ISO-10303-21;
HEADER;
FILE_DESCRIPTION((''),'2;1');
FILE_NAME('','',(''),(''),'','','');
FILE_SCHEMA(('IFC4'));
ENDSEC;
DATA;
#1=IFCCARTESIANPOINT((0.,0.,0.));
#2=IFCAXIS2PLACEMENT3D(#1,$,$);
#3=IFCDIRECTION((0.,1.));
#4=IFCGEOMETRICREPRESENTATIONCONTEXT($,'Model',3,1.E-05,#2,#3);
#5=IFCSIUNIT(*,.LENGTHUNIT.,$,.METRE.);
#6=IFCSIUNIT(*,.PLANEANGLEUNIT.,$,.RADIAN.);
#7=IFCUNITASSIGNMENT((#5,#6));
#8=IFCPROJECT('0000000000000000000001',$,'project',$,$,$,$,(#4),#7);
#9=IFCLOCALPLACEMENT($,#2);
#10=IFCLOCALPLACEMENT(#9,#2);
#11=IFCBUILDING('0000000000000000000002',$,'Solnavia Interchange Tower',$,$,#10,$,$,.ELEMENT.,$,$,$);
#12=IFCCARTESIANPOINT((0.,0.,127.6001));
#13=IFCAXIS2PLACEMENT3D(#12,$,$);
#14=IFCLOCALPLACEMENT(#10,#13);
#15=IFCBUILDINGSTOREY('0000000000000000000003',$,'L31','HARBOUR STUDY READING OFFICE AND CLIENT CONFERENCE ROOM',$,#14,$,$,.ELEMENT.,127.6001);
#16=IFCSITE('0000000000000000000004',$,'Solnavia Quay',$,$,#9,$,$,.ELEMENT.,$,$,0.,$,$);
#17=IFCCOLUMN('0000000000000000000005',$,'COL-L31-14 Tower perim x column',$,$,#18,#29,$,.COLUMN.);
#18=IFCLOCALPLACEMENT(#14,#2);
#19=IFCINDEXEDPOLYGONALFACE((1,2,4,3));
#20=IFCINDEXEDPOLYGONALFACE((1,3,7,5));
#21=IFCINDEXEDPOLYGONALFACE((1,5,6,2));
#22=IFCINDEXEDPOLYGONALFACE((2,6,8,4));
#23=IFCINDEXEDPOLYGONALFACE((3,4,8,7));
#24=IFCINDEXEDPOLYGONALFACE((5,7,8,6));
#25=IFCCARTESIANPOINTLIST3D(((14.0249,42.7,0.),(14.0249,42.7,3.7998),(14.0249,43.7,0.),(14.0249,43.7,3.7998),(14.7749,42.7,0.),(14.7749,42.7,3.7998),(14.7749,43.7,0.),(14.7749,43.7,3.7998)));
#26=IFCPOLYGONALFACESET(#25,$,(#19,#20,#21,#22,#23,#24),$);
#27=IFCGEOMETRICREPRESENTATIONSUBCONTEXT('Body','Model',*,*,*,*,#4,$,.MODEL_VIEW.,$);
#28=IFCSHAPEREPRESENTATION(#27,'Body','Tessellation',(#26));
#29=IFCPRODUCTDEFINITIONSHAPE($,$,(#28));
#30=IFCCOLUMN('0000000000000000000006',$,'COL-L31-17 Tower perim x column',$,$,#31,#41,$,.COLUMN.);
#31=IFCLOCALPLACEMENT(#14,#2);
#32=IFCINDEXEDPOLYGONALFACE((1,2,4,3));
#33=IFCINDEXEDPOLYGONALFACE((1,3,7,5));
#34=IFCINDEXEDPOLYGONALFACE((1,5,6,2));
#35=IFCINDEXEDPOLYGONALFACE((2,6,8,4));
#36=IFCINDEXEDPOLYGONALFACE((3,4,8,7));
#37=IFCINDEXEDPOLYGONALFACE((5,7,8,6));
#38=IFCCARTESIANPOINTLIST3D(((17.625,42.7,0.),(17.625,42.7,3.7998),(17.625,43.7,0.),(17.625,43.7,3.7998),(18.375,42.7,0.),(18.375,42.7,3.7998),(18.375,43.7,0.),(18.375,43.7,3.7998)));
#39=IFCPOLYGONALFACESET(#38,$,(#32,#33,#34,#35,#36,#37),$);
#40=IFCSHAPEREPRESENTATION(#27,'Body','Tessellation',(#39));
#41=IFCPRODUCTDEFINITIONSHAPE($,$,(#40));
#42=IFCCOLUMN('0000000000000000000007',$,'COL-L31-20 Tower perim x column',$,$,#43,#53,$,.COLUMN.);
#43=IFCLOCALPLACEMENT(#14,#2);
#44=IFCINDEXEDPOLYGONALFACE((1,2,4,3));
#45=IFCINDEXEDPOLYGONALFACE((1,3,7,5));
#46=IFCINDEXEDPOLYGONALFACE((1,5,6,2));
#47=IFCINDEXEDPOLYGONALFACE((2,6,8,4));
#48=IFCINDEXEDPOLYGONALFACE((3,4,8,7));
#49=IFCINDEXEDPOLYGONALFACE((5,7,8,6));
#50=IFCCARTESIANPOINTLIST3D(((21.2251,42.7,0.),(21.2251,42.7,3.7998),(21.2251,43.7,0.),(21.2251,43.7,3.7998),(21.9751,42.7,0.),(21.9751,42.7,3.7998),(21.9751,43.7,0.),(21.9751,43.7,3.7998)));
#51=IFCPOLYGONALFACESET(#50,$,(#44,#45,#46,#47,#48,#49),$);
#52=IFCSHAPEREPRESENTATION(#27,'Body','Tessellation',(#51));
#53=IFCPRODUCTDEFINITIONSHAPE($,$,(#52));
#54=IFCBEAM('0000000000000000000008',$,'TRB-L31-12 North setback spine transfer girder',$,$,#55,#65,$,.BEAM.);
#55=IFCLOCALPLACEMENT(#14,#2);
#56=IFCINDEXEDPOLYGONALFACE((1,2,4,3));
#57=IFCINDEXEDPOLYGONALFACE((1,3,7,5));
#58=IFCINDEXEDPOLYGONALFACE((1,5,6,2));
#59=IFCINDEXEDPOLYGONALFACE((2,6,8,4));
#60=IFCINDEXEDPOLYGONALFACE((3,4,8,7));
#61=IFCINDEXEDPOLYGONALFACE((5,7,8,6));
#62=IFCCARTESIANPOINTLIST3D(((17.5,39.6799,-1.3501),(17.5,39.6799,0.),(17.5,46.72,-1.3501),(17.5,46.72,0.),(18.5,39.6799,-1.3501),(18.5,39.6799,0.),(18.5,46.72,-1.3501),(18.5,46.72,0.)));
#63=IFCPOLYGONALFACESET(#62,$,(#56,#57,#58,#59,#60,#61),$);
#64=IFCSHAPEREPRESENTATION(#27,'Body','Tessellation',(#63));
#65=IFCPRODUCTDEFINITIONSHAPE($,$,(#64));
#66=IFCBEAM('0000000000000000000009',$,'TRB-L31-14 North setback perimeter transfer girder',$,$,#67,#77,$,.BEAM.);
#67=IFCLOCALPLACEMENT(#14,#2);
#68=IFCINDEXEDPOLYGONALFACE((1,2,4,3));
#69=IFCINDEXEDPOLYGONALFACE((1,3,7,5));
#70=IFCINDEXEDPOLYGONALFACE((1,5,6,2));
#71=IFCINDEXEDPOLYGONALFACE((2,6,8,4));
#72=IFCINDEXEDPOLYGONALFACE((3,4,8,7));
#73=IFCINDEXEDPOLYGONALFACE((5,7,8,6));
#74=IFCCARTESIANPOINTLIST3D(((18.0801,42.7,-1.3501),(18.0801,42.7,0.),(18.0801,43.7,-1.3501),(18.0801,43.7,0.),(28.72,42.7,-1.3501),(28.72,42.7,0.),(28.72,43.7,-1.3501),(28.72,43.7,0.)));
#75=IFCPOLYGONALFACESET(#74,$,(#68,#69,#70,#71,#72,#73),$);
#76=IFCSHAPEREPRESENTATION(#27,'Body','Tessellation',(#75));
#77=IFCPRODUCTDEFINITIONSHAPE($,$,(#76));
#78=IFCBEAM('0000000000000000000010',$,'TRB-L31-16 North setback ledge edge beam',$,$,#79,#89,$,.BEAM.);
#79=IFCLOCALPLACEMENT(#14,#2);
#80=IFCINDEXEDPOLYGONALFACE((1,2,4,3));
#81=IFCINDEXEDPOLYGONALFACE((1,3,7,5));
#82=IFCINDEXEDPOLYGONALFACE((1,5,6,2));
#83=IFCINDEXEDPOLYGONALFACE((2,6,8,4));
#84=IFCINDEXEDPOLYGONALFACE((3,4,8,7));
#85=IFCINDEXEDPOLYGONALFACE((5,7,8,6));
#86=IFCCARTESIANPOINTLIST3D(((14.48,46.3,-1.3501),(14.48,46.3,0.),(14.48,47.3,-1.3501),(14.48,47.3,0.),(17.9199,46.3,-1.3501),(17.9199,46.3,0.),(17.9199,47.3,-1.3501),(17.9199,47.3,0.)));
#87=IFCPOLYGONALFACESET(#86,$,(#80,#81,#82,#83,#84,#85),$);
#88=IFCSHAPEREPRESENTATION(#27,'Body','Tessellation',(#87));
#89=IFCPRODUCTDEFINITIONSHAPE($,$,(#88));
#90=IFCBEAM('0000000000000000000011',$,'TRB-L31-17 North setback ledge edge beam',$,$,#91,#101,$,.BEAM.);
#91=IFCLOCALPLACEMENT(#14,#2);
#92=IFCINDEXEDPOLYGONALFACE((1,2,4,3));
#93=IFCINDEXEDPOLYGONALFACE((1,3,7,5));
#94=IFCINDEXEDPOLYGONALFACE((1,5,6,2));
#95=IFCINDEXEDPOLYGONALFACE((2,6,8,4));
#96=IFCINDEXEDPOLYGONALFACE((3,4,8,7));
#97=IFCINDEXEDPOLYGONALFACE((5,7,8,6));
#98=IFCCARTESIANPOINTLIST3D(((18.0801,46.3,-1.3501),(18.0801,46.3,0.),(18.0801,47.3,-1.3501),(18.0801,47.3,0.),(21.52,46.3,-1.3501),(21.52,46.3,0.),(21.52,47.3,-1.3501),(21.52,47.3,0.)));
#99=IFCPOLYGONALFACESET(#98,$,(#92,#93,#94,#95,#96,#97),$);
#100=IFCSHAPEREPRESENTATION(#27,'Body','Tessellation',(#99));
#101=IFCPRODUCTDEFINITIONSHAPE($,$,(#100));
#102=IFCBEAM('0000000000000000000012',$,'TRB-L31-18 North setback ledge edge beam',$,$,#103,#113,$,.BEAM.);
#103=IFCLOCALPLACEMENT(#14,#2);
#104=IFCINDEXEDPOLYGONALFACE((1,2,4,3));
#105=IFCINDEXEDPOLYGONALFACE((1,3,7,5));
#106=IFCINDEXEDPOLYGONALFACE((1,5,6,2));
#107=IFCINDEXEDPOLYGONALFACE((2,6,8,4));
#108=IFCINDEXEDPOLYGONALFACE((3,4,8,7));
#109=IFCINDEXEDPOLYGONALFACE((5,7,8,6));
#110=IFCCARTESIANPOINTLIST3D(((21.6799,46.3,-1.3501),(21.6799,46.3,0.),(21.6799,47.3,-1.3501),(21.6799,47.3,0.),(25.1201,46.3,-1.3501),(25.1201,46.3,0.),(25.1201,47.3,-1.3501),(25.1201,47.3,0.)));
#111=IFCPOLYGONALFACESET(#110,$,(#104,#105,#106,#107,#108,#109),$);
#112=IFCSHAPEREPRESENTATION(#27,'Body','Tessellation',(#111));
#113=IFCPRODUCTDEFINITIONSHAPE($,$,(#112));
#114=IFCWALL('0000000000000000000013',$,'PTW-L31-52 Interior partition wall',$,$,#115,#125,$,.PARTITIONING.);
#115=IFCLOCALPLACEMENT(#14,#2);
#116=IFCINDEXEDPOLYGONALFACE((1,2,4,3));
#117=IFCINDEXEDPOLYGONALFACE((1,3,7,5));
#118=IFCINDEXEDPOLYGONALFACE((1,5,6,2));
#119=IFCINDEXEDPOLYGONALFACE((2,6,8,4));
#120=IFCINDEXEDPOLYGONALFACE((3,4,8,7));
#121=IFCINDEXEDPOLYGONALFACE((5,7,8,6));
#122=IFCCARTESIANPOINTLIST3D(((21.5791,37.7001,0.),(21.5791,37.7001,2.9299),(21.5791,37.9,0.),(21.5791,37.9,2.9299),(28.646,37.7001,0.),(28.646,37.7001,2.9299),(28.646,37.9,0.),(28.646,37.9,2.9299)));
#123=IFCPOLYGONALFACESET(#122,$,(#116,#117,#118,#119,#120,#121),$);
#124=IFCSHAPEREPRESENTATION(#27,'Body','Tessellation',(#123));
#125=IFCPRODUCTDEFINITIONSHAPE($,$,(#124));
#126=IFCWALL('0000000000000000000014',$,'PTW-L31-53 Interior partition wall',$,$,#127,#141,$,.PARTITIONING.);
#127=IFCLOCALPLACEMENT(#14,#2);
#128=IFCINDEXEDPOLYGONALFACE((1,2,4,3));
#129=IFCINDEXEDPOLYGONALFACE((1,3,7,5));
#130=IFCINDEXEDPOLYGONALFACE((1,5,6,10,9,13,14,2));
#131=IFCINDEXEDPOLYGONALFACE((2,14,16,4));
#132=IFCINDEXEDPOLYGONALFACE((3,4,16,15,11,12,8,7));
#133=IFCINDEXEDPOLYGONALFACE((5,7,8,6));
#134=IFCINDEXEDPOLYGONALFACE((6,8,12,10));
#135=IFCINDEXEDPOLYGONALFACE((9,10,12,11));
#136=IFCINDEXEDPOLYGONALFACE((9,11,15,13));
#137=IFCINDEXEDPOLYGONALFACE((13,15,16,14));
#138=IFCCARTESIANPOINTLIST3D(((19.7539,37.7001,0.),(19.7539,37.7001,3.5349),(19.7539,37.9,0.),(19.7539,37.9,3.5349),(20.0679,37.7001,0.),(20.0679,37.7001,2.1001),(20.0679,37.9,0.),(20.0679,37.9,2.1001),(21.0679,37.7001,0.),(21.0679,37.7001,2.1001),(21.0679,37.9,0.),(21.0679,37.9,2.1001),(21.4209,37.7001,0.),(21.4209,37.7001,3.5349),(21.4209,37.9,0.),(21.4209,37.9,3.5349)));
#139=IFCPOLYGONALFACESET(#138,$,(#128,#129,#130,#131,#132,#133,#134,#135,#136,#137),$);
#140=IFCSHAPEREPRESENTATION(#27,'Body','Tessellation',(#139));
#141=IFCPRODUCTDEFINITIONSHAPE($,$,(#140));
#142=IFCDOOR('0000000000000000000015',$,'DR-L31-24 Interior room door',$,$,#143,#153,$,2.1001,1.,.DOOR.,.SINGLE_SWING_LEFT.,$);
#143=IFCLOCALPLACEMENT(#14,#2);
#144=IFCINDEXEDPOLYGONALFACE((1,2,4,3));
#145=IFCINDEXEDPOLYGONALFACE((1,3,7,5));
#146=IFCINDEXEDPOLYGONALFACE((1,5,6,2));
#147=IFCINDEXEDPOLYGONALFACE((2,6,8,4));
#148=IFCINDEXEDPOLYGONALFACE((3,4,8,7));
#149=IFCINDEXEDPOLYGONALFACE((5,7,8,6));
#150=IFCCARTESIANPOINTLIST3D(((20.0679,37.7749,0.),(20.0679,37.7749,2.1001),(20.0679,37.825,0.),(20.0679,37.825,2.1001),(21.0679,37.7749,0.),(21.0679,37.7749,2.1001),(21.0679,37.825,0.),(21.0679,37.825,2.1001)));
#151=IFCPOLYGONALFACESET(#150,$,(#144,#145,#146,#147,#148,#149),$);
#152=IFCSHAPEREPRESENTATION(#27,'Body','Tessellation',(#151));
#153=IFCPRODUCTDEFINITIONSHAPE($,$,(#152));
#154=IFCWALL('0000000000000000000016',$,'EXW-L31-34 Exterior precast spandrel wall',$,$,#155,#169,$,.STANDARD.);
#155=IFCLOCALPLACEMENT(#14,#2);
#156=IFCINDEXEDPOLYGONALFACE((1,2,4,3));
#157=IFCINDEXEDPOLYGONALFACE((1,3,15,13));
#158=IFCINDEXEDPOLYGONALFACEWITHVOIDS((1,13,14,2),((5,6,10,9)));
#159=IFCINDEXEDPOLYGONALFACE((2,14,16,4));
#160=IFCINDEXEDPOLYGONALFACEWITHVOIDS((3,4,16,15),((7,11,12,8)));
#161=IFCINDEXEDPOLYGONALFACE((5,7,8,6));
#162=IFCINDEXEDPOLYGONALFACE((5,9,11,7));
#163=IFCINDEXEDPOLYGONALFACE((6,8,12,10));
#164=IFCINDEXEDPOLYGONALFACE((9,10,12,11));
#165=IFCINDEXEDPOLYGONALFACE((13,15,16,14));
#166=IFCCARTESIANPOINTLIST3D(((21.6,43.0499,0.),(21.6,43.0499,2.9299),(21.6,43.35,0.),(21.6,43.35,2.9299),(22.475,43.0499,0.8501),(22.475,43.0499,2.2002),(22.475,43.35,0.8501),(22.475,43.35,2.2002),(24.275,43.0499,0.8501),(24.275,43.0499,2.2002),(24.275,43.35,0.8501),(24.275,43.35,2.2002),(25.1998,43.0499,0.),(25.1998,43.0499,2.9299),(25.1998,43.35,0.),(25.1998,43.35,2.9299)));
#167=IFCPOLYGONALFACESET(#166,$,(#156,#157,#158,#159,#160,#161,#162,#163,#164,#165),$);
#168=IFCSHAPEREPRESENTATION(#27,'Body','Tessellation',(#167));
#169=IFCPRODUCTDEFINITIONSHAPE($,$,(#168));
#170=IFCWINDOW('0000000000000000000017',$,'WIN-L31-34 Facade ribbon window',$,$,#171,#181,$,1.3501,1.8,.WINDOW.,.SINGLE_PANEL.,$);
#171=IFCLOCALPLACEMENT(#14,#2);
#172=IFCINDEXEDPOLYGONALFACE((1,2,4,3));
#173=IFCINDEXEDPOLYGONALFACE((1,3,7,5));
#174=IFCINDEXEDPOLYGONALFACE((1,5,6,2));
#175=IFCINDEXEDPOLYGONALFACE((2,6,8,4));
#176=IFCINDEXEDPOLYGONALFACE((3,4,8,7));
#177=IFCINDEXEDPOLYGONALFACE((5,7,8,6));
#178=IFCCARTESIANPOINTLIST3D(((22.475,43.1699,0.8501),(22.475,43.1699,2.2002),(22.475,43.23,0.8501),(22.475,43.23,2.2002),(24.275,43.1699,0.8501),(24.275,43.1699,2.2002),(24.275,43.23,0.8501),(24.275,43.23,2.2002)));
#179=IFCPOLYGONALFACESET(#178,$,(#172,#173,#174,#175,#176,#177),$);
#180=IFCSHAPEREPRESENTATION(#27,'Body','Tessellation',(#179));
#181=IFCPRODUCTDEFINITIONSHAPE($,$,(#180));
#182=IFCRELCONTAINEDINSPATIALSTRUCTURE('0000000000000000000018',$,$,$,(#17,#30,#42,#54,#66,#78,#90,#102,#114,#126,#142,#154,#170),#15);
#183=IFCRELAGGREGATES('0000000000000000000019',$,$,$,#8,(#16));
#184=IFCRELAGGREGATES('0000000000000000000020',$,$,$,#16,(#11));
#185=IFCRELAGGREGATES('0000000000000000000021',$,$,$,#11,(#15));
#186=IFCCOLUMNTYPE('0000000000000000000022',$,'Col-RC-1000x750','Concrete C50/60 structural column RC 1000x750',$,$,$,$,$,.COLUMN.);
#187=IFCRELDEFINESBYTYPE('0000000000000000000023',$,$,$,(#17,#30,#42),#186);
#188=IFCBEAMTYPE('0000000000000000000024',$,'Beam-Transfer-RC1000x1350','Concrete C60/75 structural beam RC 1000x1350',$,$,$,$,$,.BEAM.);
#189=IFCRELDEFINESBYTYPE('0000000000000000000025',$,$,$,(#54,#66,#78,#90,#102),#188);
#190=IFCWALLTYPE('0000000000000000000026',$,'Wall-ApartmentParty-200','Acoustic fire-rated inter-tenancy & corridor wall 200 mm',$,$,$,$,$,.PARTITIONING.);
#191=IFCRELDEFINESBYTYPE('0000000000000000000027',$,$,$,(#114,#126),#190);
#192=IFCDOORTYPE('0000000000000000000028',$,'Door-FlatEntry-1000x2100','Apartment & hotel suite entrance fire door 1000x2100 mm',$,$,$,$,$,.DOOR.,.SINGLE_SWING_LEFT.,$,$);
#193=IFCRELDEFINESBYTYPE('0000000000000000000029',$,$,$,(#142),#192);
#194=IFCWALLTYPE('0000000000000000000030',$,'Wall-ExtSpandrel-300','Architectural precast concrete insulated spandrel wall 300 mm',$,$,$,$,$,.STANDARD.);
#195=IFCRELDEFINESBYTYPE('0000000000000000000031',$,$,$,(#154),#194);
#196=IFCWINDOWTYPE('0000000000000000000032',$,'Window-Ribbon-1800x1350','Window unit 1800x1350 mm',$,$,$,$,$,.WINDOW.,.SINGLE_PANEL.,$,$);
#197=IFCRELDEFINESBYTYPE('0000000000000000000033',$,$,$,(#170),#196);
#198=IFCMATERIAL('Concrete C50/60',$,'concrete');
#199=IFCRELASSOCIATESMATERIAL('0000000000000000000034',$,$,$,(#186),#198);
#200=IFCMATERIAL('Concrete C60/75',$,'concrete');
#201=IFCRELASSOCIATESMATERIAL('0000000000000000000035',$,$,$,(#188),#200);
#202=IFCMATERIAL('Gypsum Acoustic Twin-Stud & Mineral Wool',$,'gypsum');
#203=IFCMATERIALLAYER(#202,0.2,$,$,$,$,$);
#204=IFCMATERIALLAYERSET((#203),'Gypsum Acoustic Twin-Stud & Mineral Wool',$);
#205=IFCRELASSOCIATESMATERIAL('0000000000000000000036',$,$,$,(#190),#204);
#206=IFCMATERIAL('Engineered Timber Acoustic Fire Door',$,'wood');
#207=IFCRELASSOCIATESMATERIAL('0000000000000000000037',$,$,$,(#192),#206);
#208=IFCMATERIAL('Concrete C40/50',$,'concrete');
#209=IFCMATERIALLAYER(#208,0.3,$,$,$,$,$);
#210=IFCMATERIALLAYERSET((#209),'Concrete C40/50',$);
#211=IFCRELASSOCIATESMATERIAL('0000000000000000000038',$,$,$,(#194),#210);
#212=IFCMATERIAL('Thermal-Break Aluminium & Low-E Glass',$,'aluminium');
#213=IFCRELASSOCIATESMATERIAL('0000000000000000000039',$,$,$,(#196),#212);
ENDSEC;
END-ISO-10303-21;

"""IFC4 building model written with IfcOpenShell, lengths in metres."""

from ifc_helpers import new_model, si_unit, direction, frame, frame_2d, origin, origin_2d, place, context, subcontext, project, spatial, rectangle, extrude, material, layer, layer_set, material_profile, profile_set, type_object, element, fill, save


model = new_model("IFC4")

# Units and contexts
model_context = context("Model", 3, precision=1e-05, world=origin(), true_north=direction((0.0, 1.0)))
body_context = subcontext(model_context, "Body", "Model", "MODEL_VIEW")
ifc_project = project(units=[si_unit("LENGTHUNIT", "METRE"), si_unit("PLANEANGLEUNIT", "RADIAN")], contexts=[model_context])

# Site, building, storey
site_placement = place(None, origin())
site = spatial("IfcSite", under=ifc_project, at=site_placement, Name="Solnavia Quay", CompositionType="ELEMENT", RefElevation=0.0)
building_placement = place(site_placement, origin())
building = spatial("IfcBuilding", under=site, at=building_placement, Name="Solnavia Interchange Tower", CompositionType="ELEMENT")
storey_placement = place(building_placement, frame((0.0, 0.0, 127.6001)))
storey = spatial("IfcBuildingStorey", under=building, at=storey_placement, Name="L31", Description="HARBOUR STUDY READING OFFICE AND CLIENT CONFERENCE ROOM", CompositionType="ELEMENT", Elevation=127.6001)

# Columns
ifc_material_1 = material(Name="Concrete C50/60", Category="concrete")
ifc_material_profile_1 = material_profile(ifc_material_1, rectangle(XDim=0.75, YDim=1.0, at=origin_2d()), Name="RC 1000x750")
ifc_profile_set_1 = profile_set([ifc_material_profile_1], Name="Concrete C50/60")
column_type = type_object("IfcColumnType", Name="Col-RC-1000x750", Description="Concrete C50/60 structural column RC 1000x750", PredefinedType="COLUMN", material=ifc_profile_set_1)
for number, where, z_axis, x_axis, name in (
    (1, (14.3999, 43.2, 0.0), (0.0, 0.0, 1.0), (1.0, 0.0, 0.0), "COL-L31-14 Tower perim x column"),
    (2, (18.0, 43.2, 0.0), (0.0, 0.0, 1.0), (1.0, 0.0, 0.0), "COL-L31-17 Tower perim x column"),
    (3, (21.6001, 43.2, 0.0), (0.0, 0.0, 1.0), (1.0, 0.0, 0.0), "COL-L31-20 Tower perim x column"),
):
    element("IfcColumn", number, at=place(storey_placement, frame(where, z_axis=z_axis, x_axis=x_axis)), inside=storey, type_object=column_type, Name=name, PredefinedType="COLUMN", context=body_context, shape_type="SweptSolid", body=[
        extrude(rectangle(XDim=0.75, YDim=1.0, at=origin_2d()), origin(), (0.0, 0.0, 1.0), 3.7998),
    ])

# Beams
ifc_material_2 = material(Name="Concrete C60/75", Category="concrete")
ifc_material_profile_2 = material_profile(ifc_material_2, rectangle(XDim=1.0, YDim=1.3501, at=origin_2d()), Name="RC 1000x1350")
ifc_profile_set_2 = profile_set([ifc_material_profile_2], Name="Concrete C60/75")
beam_type = type_object("IfcBeamType", Name="Beam-Transfer-RC1000x1350", Description="Concrete C60/75 structural beam RC 1000x1350", PredefinedType="BEAM", material=ifc_profile_set_2)
beam_1_placement = place(storey_placement, frame((18.0, 39.6799, -0.675), z_axis=(0.0, 1.0, 0.0), x_axis=(-1.0, 0.0, 0.0)))
element("IfcBeam", 4, at=beam_1_placement, inside=storey, type_object=beam_type, Name="TRB-L31-12 North setback spine transfer girder", PredefinedType="BEAM", context=body_context, shape_type="SweptSolid", body=[
    extrude(rectangle(XDim=1.0, YDim=1.3501, at=origin_2d()), origin(), (0.0, 0.0, 1.0), 7.04),
])
beam_2_placement = place(storey_placement, frame((18.0801, 43.2, -0.675), z_axis=(1.0, 0.0, 0.0), x_axis=(0.0, 1.0, 0.0)))
element("IfcBeam", 5, at=beam_2_placement, inside=storey, type_object=beam_type, Name="TRB-L31-14 North setback perimeter transfer girder", PredefinedType="BEAM", context=body_context, shape_type="SweptSolid", body=[
    extrude(rectangle(XDim=1.0, YDim=1.3501, at=origin_2d()), origin(), (0.0, 0.0, 1.0), 10.6399),
])
for number, where, z_axis, x_axis, name in (
    (6, (14.48, 46.8, -0.675), (1.0, 0.0, 0.0), (0.0, 1.0, 0.0), "TRB-L31-16 North setback ledge edge beam"),
    (7, (18.0801, 46.8, -0.675), (1.0, 0.0, 0.0), (0.0, 1.0, 0.0), "TRB-L31-17 North setback ledge edge beam"),
):
    element("IfcBeam", number, at=place(storey_placement, frame(where, z_axis=z_axis, x_axis=x_axis)), inside=storey, type_object=beam_type, Name=name, PredefinedType="BEAM", context=body_context, shape_type="SweptSolid", body=[
        extrude(rectangle(XDim=1.0, YDim=1.3501, at=origin_2d()), origin(), (0.0, 0.0, 1.0), 3.4399),
    ])
beam_3_placement = place(storey_placement, frame((21.6799, 46.8, -0.675), z_axis=(1.0, 0.0, 0.0), x_axis=(0.0, 1.0, 0.0)))
element("IfcBeam", 8, at=beam_3_placement, inside=storey, type_object=beam_type, Name="TRB-L31-18 North setback ledge edge beam", PredefinedType="BEAM", context=body_context, shape_type="SweptSolid", body=[
    extrude(rectangle(XDim=1.0, YDim=1.3501, at=origin_2d()), origin(), (0.0, 0.0, 1.0), 3.4402),
])

# Wall
ifc_material_3 = material(Name="Gypsum Acoustic Twin-Stud & Mineral Wool", Category="gypsum")
ifc_layer_1 = layer(ifc_material_3, 0.2)
ifc_layer_set_1 = layer_set([ifc_layer_1], Name="Gypsum Acoustic Twin-Stud & Mineral Wool")
wall_type_1 = type_object("IfcWallType", Name="Wall-ApartmentParty-200", Description="Acoustic fire-rated inter-tenancy & corridor wall 200 mm", PredefinedType="PARTITIONING", material=ifc_layer_set_1)
wall_1_placement = place(storey_placement, frame((21.5791, 37.8, 0.0), z_axis=(0.0, 0.0, 1.0), x_axis=(1.0, 0.0, 0.0)))
element("IfcWall", 9, at=wall_1_placement, inside=storey, type_object=wall_type_1, Name="PTW-L31-52 Interior partition wall", PredefinedType="PARTITIONING", context=body_context, shape_type="SweptSolid", body=[
    extrude(rectangle(XDim=7.0669, YDim=0.2, at=frame_2d((3.5334, 0.0))), origin(), (0.0, 0.0, 1.0), 2.9299),
])

# Wall, opening, door
wall_2_placement = place(storey_placement, frame((19.7539, 37.8, 0.0), z_axis=(0.0, 0.0, 1.0), x_axis=(1.0, 0.0, 0.0)))
wall_2 = element("IfcWall", 10, at=wall_2_placement, inside=storey, type_object=wall_type_1, Name="PTW-L31-53 Interior partition wall", PredefinedType="PARTITIONING", context=body_context, shape_type="SweptSolid", body=[
    extrude(rectangle(XDim=1.667, YDim=0.2, at=frame_2d((0.8335, 0.0))), origin(), (0.0, 0.0, 1.0), 3.5349),
])
opening_1_placement = place(wall_2_placement, frame((0.314, 0.0, 0.0)))
opening_1 = element("IfcOpeningElement", 11, at=opening_1_placement, cuts=wall_2, PredefinedType="OPENING", context=body_context, shape_type="SweptSolid", body=[
    extrude(rectangle(XDim=1.0, YDim=2.1001, at=frame_2d((0.5, 1.05))), frame((0.0, 0.1099, 0.0), z_axis=(0.0, -1.0, 0.0), x_axis=(1.0, 0.0, 0.0)), (0.0, 0.0, 1.0), 0.22),
])
ifc_material_4 = material(Name="Engineered Timber Acoustic Fire Door", Category="wood")
door_type_1 = type_object("IfcDoorType", Name="Door-FlatEntry-1000x2100", Description="Apartment & hotel suite entrance fire door 1000x2100 mm", OperationType="SINGLE_SWING_LEFT", PredefinedType="DOOR", material=ifc_material_4)
door_1_placement = place(opening_1_placement, origin())
door_1 = element("IfcDoor", 12, at=door_1_placement, inside=storey, type_object=door_type_1, Name="DR-L31-24 Interior room door", OperationType="SINGLE_SWING_LEFT", OverallHeight=2.1001, OverallWidth=1.0, PredefinedType="DOOR", context=body_context, shape_type="SweptSolid", body=[
    extrude(rectangle(XDim=1.0, YDim=2.1001, at=frame_2d((0.5, 1.05))), frame((0.0, 0.0249, 0.0), z_axis=(0.0, -1.0, 0.0), x_axis=(1.0, 0.0, 0.0)), (0.0, 0.0, 1.0), 0.05),
])
fill(opening_1, door_1)

# Wall, opening, window
ifc_material_5 = material(Name="Concrete C40/50", Category="concrete")
ifc_layer_2 = layer(ifc_material_5, 0.3)
ifc_layer_set_2 = layer_set([ifc_layer_2], Name="Concrete C40/50")
wall_type_2 = type_object("IfcWallType", Name="Wall-ExtSpandrel-300", Description="Architectural precast concrete insulated spandrel wall 300 mm", PredefinedType="STANDARD", material=ifc_layer_set_2)
wall_3_placement = place(storey_placement, frame((21.6001, 43.2, 0.0), z_axis=(0.0, 0.0, 1.0), x_axis=(1.0, 0.0, 0.0)))
wall_3 = element("IfcWall", 13, at=wall_3_placement, inside=storey, type_object=wall_type_2, Name="EXW-L31-34 Exterior precast spandrel wall", PredefinedType="STANDARD", context=body_context, shape_type="SweptSolid", body=[
    extrude(rectangle(XDim=3.5999, YDim=0.3, at=frame_2d((1.7998, 0.0))), origin(), (0.0, 0.0, 1.0), 2.9299),
])
opening_2_placement = place(wall_3_placement, frame((0.875, 0.0, 0.8501)))
opening_2 = element("IfcOpeningElement", 14, at=opening_2_placement, cuts=wall_3, PredefinedType="OPENING", context=body_context, shape_type="SweptSolid", body=[
    extrude(rectangle(XDim=1.8, YDim=1.3501, at=frame_2d((0.8999, 0.675))), frame((0.0, 0.1602, 0.0), z_axis=(0.0, -1.0, 0.0), x_axis=(1.0, 0.0, 0.0)), (0.0, 0.0, 1.0), 0.3201),
])
ifc_material_6 = material(Name="Thermal-Break Aluminium & Low-E Glass", Category="aluminium")
window_type = type_object("IfcWindowType", Name="Window-Ribbon-1800x1350", Description="Window unit 1800x1350 mm", PartitioningType="SINGLE_PANEL", PredefinedType="WINDOW", material=ifc_material_6)
window_1_placement = place(opening_2_placement, origin())
window_1 = element("IfcWindow", 15, at=window_1_placement, inside=storey, type_object=window_type, Name="WIN-L31-34 Facade ribbon window", OverallHeight=1.3501, OverallWidth=1.8, PartitioningType="SINGLE_PANEL", PredefinedType="WINDOW", context=body_context, shape_type="SweptSolid", body=[
    extrude(rectangle(XDim=1.8, YDim=1.3501, at=frame_2d((0.8999, 0.675))), frame((0.0, 0.03, 0.0), z_axis=(0.0, -1.0, 0.0), x_axis=(1.0, 0.0, 0.0)), (0.0, 0.0, 1.0), 0.0601),
])
fill(opening_2, window_1)

save(model, "model.ifc")
